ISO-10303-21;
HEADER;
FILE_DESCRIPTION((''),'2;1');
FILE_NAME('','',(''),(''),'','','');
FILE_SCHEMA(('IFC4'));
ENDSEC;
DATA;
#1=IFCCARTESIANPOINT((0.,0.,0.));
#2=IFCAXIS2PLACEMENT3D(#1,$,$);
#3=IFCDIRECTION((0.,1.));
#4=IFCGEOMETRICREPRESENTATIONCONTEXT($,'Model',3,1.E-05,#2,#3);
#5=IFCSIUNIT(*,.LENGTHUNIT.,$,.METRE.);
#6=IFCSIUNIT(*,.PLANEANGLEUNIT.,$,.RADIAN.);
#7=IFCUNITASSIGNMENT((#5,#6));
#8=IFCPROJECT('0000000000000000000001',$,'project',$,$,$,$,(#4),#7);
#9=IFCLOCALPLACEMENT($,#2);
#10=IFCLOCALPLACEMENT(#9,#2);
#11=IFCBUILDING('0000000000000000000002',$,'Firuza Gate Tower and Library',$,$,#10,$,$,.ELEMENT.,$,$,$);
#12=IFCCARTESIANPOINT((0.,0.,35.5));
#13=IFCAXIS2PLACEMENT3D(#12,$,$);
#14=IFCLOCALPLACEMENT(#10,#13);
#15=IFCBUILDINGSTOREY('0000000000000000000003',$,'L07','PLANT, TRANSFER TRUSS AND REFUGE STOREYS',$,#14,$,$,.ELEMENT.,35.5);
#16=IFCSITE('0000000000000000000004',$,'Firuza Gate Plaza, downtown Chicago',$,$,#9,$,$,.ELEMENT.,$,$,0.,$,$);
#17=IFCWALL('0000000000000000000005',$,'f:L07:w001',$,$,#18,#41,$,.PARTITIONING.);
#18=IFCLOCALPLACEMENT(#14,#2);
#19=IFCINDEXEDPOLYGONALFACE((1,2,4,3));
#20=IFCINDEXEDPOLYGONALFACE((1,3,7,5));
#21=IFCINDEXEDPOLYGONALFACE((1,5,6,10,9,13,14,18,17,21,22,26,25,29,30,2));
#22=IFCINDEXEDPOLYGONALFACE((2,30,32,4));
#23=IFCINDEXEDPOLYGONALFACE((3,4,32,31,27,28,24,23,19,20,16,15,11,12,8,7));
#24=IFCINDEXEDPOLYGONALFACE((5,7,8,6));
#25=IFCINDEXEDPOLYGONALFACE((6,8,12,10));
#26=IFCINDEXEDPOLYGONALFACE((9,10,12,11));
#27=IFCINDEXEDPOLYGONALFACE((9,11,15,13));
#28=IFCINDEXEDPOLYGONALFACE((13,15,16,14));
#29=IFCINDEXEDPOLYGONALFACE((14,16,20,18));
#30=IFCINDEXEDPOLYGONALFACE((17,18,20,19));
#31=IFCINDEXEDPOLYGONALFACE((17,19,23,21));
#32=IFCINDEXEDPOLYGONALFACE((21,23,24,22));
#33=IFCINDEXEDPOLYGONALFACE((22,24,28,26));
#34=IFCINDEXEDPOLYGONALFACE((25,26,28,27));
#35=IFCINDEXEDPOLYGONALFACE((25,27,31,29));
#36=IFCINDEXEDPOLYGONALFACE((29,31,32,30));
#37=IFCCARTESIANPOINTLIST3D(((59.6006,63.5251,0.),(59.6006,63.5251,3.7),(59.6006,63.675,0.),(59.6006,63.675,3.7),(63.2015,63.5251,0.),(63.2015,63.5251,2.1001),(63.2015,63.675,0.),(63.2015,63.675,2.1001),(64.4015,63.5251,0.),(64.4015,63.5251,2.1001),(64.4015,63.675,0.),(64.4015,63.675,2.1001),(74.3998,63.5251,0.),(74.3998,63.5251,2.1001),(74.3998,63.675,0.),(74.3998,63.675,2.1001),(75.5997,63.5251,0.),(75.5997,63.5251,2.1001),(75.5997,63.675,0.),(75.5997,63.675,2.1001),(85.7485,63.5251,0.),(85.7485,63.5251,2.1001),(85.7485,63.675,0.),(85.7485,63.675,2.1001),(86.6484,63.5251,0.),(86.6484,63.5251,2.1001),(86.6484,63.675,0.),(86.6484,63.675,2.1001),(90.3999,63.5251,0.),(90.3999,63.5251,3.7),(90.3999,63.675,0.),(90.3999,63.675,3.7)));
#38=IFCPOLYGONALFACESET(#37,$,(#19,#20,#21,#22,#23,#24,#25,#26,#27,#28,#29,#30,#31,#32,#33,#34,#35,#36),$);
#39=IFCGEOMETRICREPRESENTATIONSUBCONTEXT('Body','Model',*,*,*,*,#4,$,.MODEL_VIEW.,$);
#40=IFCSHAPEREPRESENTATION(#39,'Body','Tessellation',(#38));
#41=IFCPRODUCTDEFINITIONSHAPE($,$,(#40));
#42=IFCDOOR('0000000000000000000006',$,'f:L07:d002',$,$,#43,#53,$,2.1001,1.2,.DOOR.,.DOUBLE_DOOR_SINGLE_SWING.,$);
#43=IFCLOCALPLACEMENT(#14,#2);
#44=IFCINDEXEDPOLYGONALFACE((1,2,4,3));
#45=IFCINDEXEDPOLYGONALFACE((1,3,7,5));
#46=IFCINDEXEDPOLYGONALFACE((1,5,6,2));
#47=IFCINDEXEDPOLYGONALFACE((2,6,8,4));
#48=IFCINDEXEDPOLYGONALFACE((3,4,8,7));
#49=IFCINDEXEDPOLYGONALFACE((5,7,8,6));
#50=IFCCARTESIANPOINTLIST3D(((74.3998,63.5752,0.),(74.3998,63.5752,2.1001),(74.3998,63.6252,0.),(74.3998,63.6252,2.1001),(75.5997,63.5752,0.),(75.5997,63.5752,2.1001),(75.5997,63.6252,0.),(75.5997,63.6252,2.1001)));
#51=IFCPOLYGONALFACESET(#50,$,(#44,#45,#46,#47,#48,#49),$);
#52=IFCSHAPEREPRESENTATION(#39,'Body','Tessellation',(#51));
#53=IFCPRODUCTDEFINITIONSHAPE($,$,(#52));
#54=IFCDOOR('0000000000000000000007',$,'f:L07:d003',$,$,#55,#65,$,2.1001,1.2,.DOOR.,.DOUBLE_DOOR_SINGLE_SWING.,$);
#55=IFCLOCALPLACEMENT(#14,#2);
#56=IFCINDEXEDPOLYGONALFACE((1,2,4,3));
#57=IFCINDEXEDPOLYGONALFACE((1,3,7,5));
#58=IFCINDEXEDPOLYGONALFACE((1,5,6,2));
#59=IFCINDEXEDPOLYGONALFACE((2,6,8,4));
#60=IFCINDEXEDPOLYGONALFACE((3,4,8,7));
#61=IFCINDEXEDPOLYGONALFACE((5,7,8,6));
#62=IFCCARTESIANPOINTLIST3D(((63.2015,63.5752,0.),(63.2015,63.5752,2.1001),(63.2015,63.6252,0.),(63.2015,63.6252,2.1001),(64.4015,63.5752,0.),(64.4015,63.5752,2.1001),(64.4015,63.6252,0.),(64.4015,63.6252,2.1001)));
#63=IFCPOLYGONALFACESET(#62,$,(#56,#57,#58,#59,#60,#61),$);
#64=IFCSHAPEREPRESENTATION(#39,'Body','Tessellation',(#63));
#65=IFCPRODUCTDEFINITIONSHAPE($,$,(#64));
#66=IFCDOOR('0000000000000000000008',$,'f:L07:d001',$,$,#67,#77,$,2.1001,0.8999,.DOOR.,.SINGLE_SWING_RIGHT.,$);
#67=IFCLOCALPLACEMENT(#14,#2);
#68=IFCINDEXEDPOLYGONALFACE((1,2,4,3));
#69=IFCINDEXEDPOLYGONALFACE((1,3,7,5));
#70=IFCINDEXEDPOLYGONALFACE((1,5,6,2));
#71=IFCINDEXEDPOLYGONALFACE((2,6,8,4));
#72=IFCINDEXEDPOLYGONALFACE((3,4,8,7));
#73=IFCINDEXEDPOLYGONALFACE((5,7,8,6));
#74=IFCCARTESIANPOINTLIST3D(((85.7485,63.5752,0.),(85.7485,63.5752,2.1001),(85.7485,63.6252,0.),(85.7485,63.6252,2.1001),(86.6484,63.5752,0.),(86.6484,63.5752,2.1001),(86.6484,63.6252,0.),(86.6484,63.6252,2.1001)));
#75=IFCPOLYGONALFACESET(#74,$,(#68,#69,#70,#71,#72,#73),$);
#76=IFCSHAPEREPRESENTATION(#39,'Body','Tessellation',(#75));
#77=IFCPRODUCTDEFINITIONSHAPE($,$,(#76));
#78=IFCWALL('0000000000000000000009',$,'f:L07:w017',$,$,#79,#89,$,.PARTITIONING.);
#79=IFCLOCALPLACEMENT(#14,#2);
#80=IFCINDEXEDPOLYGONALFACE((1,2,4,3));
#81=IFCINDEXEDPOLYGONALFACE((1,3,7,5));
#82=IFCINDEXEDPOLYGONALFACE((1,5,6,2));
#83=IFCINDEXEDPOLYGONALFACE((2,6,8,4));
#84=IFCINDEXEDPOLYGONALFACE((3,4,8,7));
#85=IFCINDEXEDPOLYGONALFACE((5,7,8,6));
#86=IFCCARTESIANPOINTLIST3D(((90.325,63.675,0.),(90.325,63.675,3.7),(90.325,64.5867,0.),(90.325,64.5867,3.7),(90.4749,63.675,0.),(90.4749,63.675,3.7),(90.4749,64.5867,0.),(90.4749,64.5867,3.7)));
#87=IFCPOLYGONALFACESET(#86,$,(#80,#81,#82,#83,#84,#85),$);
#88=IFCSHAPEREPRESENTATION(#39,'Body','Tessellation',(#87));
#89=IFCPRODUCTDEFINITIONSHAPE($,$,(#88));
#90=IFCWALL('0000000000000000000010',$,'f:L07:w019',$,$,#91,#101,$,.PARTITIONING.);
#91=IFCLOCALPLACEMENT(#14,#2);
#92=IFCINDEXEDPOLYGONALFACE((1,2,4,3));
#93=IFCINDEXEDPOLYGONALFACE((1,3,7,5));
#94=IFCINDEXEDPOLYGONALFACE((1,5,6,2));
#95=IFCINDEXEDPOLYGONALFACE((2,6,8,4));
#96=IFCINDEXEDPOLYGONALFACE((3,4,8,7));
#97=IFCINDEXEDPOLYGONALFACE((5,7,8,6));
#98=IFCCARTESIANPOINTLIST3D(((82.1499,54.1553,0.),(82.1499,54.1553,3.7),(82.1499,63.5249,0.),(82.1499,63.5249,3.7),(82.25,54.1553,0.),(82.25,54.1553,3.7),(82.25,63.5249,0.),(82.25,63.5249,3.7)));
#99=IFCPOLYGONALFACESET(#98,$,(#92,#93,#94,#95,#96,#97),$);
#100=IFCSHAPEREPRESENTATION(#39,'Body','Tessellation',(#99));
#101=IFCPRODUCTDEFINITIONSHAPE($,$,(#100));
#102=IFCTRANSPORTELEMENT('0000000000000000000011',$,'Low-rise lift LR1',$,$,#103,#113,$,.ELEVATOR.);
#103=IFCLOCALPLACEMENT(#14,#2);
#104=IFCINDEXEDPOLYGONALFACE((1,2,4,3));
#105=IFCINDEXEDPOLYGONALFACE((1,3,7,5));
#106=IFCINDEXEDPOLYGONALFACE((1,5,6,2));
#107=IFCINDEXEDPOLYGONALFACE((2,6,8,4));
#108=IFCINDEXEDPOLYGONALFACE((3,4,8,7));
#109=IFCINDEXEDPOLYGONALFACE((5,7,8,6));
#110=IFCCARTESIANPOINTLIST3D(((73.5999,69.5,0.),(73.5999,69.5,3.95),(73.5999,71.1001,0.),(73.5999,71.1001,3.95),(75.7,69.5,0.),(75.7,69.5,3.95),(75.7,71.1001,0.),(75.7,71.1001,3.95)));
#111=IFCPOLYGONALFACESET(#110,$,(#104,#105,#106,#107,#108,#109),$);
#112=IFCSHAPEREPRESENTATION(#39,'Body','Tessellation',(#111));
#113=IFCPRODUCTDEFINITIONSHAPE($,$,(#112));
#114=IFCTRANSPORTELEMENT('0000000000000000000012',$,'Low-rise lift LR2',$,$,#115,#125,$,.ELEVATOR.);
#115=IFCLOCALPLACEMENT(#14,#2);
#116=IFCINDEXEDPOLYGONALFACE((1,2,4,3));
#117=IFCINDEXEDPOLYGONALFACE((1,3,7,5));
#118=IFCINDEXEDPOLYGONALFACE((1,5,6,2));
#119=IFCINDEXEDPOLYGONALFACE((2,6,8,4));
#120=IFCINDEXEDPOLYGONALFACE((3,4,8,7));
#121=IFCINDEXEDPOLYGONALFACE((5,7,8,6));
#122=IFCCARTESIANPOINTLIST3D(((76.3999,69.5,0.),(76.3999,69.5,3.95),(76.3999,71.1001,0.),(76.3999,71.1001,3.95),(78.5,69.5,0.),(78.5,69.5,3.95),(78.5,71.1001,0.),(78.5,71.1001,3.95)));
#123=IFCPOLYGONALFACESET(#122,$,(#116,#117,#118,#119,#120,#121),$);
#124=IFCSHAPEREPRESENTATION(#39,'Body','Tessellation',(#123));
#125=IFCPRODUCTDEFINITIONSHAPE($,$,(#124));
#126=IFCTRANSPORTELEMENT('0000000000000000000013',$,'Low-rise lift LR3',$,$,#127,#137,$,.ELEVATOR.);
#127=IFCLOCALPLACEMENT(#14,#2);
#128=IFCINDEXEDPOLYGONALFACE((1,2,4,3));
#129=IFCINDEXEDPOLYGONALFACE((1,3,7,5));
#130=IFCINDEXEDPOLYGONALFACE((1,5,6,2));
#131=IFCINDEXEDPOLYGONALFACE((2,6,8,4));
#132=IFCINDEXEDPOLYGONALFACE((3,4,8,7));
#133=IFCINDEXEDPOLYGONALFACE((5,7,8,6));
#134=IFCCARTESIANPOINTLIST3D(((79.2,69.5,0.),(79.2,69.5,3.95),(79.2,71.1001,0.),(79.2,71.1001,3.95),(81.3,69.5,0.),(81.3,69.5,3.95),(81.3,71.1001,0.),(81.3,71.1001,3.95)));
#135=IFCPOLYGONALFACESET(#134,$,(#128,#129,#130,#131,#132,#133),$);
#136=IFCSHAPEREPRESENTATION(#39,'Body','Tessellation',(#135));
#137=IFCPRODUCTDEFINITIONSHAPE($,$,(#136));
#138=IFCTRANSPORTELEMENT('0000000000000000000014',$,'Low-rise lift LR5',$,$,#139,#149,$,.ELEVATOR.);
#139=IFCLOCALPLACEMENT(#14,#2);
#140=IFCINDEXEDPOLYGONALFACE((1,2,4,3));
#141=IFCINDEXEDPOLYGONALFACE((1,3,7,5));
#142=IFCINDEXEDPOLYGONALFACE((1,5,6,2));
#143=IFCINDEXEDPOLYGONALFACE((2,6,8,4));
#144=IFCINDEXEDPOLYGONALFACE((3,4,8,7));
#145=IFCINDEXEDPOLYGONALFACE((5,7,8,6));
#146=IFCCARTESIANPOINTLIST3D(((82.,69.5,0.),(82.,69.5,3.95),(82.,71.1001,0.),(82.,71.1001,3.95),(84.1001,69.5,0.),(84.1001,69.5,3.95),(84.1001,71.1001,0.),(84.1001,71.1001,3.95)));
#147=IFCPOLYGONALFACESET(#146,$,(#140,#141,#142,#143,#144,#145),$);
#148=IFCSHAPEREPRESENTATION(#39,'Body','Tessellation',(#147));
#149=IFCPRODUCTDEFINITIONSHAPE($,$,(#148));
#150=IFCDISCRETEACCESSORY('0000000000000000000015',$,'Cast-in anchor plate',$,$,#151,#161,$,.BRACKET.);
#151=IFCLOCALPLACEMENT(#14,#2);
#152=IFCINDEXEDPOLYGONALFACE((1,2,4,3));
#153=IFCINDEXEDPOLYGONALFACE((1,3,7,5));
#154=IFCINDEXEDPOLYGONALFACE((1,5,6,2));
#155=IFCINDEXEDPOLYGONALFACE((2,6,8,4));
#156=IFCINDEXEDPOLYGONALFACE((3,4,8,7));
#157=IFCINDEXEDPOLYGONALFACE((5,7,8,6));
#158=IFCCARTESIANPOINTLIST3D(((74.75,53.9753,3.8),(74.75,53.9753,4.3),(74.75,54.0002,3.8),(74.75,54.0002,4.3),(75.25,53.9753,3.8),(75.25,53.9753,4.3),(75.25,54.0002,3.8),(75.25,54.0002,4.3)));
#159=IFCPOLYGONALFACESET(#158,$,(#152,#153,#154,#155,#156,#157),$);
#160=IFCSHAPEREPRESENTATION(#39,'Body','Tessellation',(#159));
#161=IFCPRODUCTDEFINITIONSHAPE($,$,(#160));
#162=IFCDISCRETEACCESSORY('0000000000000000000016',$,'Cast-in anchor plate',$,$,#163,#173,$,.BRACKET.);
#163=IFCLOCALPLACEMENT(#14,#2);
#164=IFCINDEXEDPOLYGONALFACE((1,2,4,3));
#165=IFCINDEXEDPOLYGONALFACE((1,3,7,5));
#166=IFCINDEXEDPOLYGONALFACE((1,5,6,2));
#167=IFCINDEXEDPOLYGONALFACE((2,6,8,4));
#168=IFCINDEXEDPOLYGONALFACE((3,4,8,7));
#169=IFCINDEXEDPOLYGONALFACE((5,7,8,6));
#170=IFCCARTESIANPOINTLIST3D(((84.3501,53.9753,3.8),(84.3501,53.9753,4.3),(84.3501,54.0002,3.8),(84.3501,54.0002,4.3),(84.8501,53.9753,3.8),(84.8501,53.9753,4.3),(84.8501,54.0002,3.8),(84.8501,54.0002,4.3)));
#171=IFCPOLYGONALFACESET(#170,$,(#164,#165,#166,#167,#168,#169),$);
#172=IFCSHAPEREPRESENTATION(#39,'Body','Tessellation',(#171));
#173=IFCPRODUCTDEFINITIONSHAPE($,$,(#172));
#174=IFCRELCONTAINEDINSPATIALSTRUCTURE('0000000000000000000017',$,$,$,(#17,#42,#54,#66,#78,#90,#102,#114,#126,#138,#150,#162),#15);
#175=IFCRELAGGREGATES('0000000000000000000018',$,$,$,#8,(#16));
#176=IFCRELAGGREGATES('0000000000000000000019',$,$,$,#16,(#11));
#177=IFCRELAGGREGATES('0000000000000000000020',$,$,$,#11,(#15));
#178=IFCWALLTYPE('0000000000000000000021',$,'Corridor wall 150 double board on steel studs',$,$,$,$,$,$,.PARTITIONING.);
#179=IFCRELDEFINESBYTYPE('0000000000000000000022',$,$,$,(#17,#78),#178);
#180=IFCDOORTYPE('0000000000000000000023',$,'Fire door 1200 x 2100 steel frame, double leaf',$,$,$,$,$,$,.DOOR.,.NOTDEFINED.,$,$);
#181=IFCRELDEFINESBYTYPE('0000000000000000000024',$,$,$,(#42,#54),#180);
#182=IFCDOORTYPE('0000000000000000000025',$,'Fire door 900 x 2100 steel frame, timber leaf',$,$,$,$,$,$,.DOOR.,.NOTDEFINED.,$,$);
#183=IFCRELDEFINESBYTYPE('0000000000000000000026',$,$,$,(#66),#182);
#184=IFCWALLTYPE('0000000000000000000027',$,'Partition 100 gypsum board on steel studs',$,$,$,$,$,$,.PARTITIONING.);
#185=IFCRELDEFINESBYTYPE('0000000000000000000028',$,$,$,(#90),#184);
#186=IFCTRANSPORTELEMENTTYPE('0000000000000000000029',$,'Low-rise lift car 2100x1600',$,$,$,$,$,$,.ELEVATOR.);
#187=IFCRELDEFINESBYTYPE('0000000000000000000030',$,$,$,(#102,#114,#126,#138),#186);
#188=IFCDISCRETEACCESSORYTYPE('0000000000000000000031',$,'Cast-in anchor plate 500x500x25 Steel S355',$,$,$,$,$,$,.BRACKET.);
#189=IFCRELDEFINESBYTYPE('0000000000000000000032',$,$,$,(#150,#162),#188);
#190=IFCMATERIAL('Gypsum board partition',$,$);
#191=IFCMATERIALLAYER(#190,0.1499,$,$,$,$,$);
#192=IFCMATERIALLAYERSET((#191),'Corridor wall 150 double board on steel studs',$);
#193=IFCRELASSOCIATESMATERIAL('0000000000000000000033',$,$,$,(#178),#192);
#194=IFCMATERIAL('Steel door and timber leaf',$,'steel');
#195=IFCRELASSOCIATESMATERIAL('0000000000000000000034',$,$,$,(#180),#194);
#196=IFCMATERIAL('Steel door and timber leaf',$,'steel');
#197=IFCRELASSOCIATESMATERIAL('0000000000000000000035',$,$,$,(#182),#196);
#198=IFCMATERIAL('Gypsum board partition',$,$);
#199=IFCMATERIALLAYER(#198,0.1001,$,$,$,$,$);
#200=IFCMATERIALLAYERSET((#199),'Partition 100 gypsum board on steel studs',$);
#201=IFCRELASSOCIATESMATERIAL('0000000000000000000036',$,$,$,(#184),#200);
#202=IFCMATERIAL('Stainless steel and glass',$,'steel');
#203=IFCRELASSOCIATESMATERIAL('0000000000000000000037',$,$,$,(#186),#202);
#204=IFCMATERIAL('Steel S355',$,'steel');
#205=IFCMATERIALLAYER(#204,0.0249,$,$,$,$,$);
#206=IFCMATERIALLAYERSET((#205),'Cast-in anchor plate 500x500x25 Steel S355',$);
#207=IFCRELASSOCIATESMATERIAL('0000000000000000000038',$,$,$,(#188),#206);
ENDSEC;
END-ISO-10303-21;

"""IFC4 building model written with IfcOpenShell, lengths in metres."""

from ifc_helpers import new_model, si_unit, direction, frame, frame_2d, origin, origin_2d, place, context, subcontext, project, spatial, rectangle, extrude, material, layer, layer_set, type_object, element, fill, save


model = new_model("IFC4")

# Units and contexts
model_context = context("Model", 3, precision=1e-05, world=origin(), true_north=direction((0.0, 1.0)))
body_context = subcontext(model_context, "Body", "Model", "MODEL_VIEW")
ifc_project = project(units=[si_unit("LENGTHUNIT", "METRE"), si_unit("PLANEANGLEUNIT", "RADIAN")], contexts=[model_context])

# Site, building, storey
site_placement = place(None, origin())
site = spatial("IfcSite", under=ifc_project, at=site_placement, Name="Firuza Gate Plaza, downtown Chicago", CompositionType="ELEMENT", RefElevation=0.0)
building_placement = place(site_placement, origin())
building = spatial("IfcBuilding", under=site, at=building_placement, Name="Firuza Gate Tower and Library", CompositionType="ELEMENT")
storey_placement = place(building_placement, frame((0.0, 0.0, 35.5)))
storey = spatial("IfcBuildingStorey", under=building, at=storey_placement, Name="L07", Description="PLANT, TRANSFER TRUSS AND REFUGE STOREYS", CompositionType="ELEMENT", Elevation=35.5)

# Wall, openings, doors
ifc_material_1 = material(Name="Gypsum board partition")
ifc_layer_1 = layer(ifc_material_1, 0.1499)
ifc_layer_set_1 = layer_set([ifc_layer_1], Name="Corridor wall 150 double board on steel studs")
wall_type_1 = type_object("IfcWallType", Name="Corridor wall 150 double board on steel studs", PredefinedType="PARTITIONING", material=ifc_layer_set_1)
wall_1_placement = place(storey_placement, frame((90.3999, 63.6001, 0.0), z_axis=(0.0, 0.0, 1.0), x_axis=(-1.0, 0.0, 0.0)))
wall_1 = element("IfcWall", 1, at=wall_1_placement, inside=storey, type_object=wall_type_1, Name="f:L07:w001", PredefinedType="PARTITIONING", context=body_context, shape_type="SweptSolid", body=[
    extrude(rectangle(XDim=30.7993, YDim=0.1499, at=frame_2d((15.3997, 0.0))), origin(), (0.0, 0.0, 1.0), 3.7),
])
opening_1_placement = place(wall_1_placement, frame((3.7515, 0.0, 0.0)))
opening_1 = element("IfcOpeningElement", 2, at=opening_1_placement, cuts=wall_1, PredefinedType="OPENING", context=body_context, shape_type="SweptSolid", body=[
    extrude(rectangle(XDim=0.8999, YDim=2.1001, at=frame_2d((0.45, 1.05))), frame((0.0, 0.085, 0.0), z_axis=(0.0, -1.0, 0.0), x_axis=(1.0, 0.0, 0.0)), (0.0, 0.0, 1.0), 0.1699),
])
opening_2_placement = place(wall_1_placement, frame((14.8, 0.0, 0.0)))
opening_2 = element("IfcOpeningElement", 3, at=opening_2_placement, cuts=wall_1, PredefinedType="OPENING", context=body_context, shape_type="SweptSolid", body=[
    extrude(rectangle(XDim=1.2, YDim=2.1001, at=frame_2d((0.6001, 1.05))), frame((0.0, 0.085, 0.0), z_axis=(0.0, -1.0, 0.0), x_axis=(1.0, 0.0, 0.0)), (0.0, 0.0, 1.0), 0.1699),
])
opening_3_placement = place(wall_1_placement, frame((25.9983, 0.0, 0.0)))
opening_3 = element("IfcOpeningElement", 4, at=opening_3_placement, cuts=wall_1, PredefinedType="OPENING", context=body_context, shape_type="SweptSolid", body=[
    extrude(rectangle(XDim=1.2, YDim=2.1001, at=frame_2d((0.6001, 1.05))), frame((0.0, 0.085, 0.0), z_axis=(0.0, -1.0, 0.0), x_axis=(1.0, 0.0, 0.0)), (0.0, 0.0, 1.0), 0.1699),
])
ifc_material_2 = material(Name="Steel door and timber leaf", Category="steel")
door_type_1 = type_object("IfcDoorType", Name="Fire door 1200 x 2100 steel frame, double leaf", OperationType="NOTDEFINED", PredefinedType="DOOR", material=ifc_material_2)
door_1_placement = place(opening_2_placement, origin())
door_1 = element("IfcDoor", 5, at=door_1_placement, inside=storey, type_object=door_type_1, Name="f:L07:d002", OperationType="DOUBLE_DOOR_SINGLE_SWING", OverallHeight=2.1001, OverallWidth=1.2, PredefinedType="DOOR", context=body_context, shape_type="SweptSolid", body=[
    extrude(rectangle(XDim=1.2, YDim=2.1001, at=frame_2d((0.6001, 1.05))), frame((0.0, 0.0249, 0.0), z_axis=(0.0, -1.0, 0.0), x_axis=(1.0, 0.0, 0.0)), (0.0, 0.0, 1.0), 0.05),
])
fill(opening_2, door_1)
door_2_placement = place(opening_3_placement, origin())
door_2 = element("IfcDoor", 6, at=door_2_placement, inside=storey, type_object=door_type_1, Name="f:L07:d003", OperationType="DOUBLE_DOOR_SINGLE_SWING", OverallHeight=2.1001, OverallWidth=1.2, PredefinedType="DOOR", context=body_context, shape_type="SweptSolid", body=[
    extrude(rectangle(XDim=1.2, YDim=2.1001, at=frame_2d((0.6001, 1.05))), frame((0.0, 0.0249, 0.0), z_axis=(0.0, -1.0, 0.0), x_axis=(1.0, 0.0, 0.0)), (0.0, 0.0, 1.0), 0.05),
])
fill(opening_3, door_2)
ifc_material_3 = material(Name="Steel door and timber leaf", Category="steel")
door_type_2 = type_object("IfcDoorType", Name="Fire door 900 x 2100 steel frame, timber leaf", OperationType="NOTDEFINED", PredefinedType="DOOR", material=ifc_material_3)
door_3_placement = place(opening_1_placement, origin())
door_3 = element("IfcDoor", 7, at=door_3_placement, inside=storey, type_object=door_type_2, Name="f:L07:d001", OperationType="SINGLE_SWING_RIGHT", OverallHeight=2.1001, OverallWidth=0.8999, PredefinedType="DOOR", context=body_context, shape_type="SweptSolid", body=[
    extrude(rectangle(XDim=0.8999, YDim=2.1001, at=frame_2d((0.45, 1.05))), frame((0.0, 0.0249, 0.0), z_axis=(0.0, -1.0, 0.0), x_axis=(1.0, 0.0, 0.0)), (0.0, 0.0, 1.0), 0.05),
])
fill(opening_1, door_3)

# Walls
wall_2_placement = place(storey_placement, frame((90.3999, 63.675, 0.0), z_axis=(0.0, 0.0, 1.0), x_axis=(0.0, 1.0, 0.0)))
element("IfcWall", 8, at=wall_2_placement, inside=storey, type_object=wall_type_1, Name="f:L07:w017", PredefinedType="PARTITIONING", context=body_context, shape_type="SweptSolid", body=[
    extrude(rectangle(XDim=0.9116, YDim=0.1499, at=frame_2d((0.4558, 0.0))), origin(), (0.0, 0.0, 1.0), 3.7),
])
ifc_material_4 = material(Name="Gypsum board partition")
ifc_layer_2 = layer(ifc_material_4, 0.1001)
ifc_layer_set_2 = layer_set([ifc_layer_2], Name="Partition 100 gypsum board on steel studs")
wall_type_2 = type_object("IfcWallType", Name="Partition 100 gypsum board on steel studs", PredefinedType="PARTITIONING", material=ifc_layer_set_2)
wall_3_placement = place(storey_placement, frame((82.2, 54.1553, 0.0), z_axis=(0.0, 0.0, 1.0), x_axis=(0.0, 1.0, 0.0)))
element("IfcWall", 9, at=wall_3_placement, inside=storey, type_object=wall_type_2, Name="f:L07:w019", PredefinedType="PARTITIONING", context=body_context, shape_type="SweptSolid", body=[
    extrude(rectangle(XDim=9.3696, YDim=0.1001, at=frame_2d((4.6848, 0.0))), origin(), (0.0, 0.0, 1.0), 3.7),
])

# Transport elements
ifc_material_5 = material(Name="Stainless steel and glass", Category="steel")
transport_element_type = type_object("IfcTransportElementType", Name="Low-rise lift car 2100x1600", PredefinedType="ELEVATOR", material=ifc_material_5)
for number, where, z_axis, x_axis, name in (
    (10, (74.6499, 70.3, 0.0), (0.0, 0.0, 1.0), (1.0, 0.0, 0.0), "Low-rise lift LR1"),
    (11, (77.45, 70.3, 0.0), (0.0, 0.0, 1.0), (1.0, 0.0, 0.0), "Low-rise lift LR2"),
    (12, (80.25, 70.3, 0.0), (0.0, 0.0, 1.0), (1.0, 0.0, 0.0), "Low-rise lift LR3"),
    (13, (83.05, 70.3, 0.0), (0.0, 0.0, 1.0), (1.0, 0.0, 0.0), "Low-rise lift LR5"),
):
    element("IfcTransportElement", number, at=place(storey_placement, frame(where, z_axis=z_axis, x_axis=x_axis)), inside=storey, type_object=transport_element_type, Name=name, PredefinedType="ELEVATOR", context=body_context, shape_type="SweptSolid", body=[
        extrude(rectangle(XDim=2.1001, YDim=1.6001, at=origin_2d()), origin(), (0.0, 0.0, 1.0), 3.95),
    ])

# Discrete accessories
ifc_material_6 = material(Name="Steel S355", Category="steel")
ifc_layer_3 = layer(ifc_material_6, 0.0249)
ifc_layer_set_3 = layer_set([ifc_layer_3], Name="Cast-in anchor plate 500x500x25 Steel S355")
discrete_accessory_type = type_object("IfcDiscreteAccessoryType", Name="Cast-in anchor plate 500x500x25 Steel S355", PredefinedType="BRACKET", material=ifc_layer_set_3)
for number, where, z_axis, x_axis, name in (
    (14, (75.0, 53.9878, 3.8), (0.0, 0.0, 1.0), (1.0, 0.0, 0.0), "Cast-in anchor plate"),
    (15, (84.6001, 53.9878, 3.8), (0.0, 0.0, 1.0), (1.0, 0.0, 0.0), "Cast-in anchor plate"),
):
    element("IfcDiscreteAccessory", number, at=place(storey_placement, frame(where, z_axis=z_axis, x_axis=x_axis)), inside=storey, type_object=discrete_accessory_type, Name=name, PredefinedType="BRACKET", context=body_context, shape_type="SweptSolid", body=[
        extrude(rectangle(XDim=0.5, YDim=0.0249, at=origin_2d()), origin(), (0.0, 0.0, 1.0), 0.5),
    ])

save(model, "model.ifc")
